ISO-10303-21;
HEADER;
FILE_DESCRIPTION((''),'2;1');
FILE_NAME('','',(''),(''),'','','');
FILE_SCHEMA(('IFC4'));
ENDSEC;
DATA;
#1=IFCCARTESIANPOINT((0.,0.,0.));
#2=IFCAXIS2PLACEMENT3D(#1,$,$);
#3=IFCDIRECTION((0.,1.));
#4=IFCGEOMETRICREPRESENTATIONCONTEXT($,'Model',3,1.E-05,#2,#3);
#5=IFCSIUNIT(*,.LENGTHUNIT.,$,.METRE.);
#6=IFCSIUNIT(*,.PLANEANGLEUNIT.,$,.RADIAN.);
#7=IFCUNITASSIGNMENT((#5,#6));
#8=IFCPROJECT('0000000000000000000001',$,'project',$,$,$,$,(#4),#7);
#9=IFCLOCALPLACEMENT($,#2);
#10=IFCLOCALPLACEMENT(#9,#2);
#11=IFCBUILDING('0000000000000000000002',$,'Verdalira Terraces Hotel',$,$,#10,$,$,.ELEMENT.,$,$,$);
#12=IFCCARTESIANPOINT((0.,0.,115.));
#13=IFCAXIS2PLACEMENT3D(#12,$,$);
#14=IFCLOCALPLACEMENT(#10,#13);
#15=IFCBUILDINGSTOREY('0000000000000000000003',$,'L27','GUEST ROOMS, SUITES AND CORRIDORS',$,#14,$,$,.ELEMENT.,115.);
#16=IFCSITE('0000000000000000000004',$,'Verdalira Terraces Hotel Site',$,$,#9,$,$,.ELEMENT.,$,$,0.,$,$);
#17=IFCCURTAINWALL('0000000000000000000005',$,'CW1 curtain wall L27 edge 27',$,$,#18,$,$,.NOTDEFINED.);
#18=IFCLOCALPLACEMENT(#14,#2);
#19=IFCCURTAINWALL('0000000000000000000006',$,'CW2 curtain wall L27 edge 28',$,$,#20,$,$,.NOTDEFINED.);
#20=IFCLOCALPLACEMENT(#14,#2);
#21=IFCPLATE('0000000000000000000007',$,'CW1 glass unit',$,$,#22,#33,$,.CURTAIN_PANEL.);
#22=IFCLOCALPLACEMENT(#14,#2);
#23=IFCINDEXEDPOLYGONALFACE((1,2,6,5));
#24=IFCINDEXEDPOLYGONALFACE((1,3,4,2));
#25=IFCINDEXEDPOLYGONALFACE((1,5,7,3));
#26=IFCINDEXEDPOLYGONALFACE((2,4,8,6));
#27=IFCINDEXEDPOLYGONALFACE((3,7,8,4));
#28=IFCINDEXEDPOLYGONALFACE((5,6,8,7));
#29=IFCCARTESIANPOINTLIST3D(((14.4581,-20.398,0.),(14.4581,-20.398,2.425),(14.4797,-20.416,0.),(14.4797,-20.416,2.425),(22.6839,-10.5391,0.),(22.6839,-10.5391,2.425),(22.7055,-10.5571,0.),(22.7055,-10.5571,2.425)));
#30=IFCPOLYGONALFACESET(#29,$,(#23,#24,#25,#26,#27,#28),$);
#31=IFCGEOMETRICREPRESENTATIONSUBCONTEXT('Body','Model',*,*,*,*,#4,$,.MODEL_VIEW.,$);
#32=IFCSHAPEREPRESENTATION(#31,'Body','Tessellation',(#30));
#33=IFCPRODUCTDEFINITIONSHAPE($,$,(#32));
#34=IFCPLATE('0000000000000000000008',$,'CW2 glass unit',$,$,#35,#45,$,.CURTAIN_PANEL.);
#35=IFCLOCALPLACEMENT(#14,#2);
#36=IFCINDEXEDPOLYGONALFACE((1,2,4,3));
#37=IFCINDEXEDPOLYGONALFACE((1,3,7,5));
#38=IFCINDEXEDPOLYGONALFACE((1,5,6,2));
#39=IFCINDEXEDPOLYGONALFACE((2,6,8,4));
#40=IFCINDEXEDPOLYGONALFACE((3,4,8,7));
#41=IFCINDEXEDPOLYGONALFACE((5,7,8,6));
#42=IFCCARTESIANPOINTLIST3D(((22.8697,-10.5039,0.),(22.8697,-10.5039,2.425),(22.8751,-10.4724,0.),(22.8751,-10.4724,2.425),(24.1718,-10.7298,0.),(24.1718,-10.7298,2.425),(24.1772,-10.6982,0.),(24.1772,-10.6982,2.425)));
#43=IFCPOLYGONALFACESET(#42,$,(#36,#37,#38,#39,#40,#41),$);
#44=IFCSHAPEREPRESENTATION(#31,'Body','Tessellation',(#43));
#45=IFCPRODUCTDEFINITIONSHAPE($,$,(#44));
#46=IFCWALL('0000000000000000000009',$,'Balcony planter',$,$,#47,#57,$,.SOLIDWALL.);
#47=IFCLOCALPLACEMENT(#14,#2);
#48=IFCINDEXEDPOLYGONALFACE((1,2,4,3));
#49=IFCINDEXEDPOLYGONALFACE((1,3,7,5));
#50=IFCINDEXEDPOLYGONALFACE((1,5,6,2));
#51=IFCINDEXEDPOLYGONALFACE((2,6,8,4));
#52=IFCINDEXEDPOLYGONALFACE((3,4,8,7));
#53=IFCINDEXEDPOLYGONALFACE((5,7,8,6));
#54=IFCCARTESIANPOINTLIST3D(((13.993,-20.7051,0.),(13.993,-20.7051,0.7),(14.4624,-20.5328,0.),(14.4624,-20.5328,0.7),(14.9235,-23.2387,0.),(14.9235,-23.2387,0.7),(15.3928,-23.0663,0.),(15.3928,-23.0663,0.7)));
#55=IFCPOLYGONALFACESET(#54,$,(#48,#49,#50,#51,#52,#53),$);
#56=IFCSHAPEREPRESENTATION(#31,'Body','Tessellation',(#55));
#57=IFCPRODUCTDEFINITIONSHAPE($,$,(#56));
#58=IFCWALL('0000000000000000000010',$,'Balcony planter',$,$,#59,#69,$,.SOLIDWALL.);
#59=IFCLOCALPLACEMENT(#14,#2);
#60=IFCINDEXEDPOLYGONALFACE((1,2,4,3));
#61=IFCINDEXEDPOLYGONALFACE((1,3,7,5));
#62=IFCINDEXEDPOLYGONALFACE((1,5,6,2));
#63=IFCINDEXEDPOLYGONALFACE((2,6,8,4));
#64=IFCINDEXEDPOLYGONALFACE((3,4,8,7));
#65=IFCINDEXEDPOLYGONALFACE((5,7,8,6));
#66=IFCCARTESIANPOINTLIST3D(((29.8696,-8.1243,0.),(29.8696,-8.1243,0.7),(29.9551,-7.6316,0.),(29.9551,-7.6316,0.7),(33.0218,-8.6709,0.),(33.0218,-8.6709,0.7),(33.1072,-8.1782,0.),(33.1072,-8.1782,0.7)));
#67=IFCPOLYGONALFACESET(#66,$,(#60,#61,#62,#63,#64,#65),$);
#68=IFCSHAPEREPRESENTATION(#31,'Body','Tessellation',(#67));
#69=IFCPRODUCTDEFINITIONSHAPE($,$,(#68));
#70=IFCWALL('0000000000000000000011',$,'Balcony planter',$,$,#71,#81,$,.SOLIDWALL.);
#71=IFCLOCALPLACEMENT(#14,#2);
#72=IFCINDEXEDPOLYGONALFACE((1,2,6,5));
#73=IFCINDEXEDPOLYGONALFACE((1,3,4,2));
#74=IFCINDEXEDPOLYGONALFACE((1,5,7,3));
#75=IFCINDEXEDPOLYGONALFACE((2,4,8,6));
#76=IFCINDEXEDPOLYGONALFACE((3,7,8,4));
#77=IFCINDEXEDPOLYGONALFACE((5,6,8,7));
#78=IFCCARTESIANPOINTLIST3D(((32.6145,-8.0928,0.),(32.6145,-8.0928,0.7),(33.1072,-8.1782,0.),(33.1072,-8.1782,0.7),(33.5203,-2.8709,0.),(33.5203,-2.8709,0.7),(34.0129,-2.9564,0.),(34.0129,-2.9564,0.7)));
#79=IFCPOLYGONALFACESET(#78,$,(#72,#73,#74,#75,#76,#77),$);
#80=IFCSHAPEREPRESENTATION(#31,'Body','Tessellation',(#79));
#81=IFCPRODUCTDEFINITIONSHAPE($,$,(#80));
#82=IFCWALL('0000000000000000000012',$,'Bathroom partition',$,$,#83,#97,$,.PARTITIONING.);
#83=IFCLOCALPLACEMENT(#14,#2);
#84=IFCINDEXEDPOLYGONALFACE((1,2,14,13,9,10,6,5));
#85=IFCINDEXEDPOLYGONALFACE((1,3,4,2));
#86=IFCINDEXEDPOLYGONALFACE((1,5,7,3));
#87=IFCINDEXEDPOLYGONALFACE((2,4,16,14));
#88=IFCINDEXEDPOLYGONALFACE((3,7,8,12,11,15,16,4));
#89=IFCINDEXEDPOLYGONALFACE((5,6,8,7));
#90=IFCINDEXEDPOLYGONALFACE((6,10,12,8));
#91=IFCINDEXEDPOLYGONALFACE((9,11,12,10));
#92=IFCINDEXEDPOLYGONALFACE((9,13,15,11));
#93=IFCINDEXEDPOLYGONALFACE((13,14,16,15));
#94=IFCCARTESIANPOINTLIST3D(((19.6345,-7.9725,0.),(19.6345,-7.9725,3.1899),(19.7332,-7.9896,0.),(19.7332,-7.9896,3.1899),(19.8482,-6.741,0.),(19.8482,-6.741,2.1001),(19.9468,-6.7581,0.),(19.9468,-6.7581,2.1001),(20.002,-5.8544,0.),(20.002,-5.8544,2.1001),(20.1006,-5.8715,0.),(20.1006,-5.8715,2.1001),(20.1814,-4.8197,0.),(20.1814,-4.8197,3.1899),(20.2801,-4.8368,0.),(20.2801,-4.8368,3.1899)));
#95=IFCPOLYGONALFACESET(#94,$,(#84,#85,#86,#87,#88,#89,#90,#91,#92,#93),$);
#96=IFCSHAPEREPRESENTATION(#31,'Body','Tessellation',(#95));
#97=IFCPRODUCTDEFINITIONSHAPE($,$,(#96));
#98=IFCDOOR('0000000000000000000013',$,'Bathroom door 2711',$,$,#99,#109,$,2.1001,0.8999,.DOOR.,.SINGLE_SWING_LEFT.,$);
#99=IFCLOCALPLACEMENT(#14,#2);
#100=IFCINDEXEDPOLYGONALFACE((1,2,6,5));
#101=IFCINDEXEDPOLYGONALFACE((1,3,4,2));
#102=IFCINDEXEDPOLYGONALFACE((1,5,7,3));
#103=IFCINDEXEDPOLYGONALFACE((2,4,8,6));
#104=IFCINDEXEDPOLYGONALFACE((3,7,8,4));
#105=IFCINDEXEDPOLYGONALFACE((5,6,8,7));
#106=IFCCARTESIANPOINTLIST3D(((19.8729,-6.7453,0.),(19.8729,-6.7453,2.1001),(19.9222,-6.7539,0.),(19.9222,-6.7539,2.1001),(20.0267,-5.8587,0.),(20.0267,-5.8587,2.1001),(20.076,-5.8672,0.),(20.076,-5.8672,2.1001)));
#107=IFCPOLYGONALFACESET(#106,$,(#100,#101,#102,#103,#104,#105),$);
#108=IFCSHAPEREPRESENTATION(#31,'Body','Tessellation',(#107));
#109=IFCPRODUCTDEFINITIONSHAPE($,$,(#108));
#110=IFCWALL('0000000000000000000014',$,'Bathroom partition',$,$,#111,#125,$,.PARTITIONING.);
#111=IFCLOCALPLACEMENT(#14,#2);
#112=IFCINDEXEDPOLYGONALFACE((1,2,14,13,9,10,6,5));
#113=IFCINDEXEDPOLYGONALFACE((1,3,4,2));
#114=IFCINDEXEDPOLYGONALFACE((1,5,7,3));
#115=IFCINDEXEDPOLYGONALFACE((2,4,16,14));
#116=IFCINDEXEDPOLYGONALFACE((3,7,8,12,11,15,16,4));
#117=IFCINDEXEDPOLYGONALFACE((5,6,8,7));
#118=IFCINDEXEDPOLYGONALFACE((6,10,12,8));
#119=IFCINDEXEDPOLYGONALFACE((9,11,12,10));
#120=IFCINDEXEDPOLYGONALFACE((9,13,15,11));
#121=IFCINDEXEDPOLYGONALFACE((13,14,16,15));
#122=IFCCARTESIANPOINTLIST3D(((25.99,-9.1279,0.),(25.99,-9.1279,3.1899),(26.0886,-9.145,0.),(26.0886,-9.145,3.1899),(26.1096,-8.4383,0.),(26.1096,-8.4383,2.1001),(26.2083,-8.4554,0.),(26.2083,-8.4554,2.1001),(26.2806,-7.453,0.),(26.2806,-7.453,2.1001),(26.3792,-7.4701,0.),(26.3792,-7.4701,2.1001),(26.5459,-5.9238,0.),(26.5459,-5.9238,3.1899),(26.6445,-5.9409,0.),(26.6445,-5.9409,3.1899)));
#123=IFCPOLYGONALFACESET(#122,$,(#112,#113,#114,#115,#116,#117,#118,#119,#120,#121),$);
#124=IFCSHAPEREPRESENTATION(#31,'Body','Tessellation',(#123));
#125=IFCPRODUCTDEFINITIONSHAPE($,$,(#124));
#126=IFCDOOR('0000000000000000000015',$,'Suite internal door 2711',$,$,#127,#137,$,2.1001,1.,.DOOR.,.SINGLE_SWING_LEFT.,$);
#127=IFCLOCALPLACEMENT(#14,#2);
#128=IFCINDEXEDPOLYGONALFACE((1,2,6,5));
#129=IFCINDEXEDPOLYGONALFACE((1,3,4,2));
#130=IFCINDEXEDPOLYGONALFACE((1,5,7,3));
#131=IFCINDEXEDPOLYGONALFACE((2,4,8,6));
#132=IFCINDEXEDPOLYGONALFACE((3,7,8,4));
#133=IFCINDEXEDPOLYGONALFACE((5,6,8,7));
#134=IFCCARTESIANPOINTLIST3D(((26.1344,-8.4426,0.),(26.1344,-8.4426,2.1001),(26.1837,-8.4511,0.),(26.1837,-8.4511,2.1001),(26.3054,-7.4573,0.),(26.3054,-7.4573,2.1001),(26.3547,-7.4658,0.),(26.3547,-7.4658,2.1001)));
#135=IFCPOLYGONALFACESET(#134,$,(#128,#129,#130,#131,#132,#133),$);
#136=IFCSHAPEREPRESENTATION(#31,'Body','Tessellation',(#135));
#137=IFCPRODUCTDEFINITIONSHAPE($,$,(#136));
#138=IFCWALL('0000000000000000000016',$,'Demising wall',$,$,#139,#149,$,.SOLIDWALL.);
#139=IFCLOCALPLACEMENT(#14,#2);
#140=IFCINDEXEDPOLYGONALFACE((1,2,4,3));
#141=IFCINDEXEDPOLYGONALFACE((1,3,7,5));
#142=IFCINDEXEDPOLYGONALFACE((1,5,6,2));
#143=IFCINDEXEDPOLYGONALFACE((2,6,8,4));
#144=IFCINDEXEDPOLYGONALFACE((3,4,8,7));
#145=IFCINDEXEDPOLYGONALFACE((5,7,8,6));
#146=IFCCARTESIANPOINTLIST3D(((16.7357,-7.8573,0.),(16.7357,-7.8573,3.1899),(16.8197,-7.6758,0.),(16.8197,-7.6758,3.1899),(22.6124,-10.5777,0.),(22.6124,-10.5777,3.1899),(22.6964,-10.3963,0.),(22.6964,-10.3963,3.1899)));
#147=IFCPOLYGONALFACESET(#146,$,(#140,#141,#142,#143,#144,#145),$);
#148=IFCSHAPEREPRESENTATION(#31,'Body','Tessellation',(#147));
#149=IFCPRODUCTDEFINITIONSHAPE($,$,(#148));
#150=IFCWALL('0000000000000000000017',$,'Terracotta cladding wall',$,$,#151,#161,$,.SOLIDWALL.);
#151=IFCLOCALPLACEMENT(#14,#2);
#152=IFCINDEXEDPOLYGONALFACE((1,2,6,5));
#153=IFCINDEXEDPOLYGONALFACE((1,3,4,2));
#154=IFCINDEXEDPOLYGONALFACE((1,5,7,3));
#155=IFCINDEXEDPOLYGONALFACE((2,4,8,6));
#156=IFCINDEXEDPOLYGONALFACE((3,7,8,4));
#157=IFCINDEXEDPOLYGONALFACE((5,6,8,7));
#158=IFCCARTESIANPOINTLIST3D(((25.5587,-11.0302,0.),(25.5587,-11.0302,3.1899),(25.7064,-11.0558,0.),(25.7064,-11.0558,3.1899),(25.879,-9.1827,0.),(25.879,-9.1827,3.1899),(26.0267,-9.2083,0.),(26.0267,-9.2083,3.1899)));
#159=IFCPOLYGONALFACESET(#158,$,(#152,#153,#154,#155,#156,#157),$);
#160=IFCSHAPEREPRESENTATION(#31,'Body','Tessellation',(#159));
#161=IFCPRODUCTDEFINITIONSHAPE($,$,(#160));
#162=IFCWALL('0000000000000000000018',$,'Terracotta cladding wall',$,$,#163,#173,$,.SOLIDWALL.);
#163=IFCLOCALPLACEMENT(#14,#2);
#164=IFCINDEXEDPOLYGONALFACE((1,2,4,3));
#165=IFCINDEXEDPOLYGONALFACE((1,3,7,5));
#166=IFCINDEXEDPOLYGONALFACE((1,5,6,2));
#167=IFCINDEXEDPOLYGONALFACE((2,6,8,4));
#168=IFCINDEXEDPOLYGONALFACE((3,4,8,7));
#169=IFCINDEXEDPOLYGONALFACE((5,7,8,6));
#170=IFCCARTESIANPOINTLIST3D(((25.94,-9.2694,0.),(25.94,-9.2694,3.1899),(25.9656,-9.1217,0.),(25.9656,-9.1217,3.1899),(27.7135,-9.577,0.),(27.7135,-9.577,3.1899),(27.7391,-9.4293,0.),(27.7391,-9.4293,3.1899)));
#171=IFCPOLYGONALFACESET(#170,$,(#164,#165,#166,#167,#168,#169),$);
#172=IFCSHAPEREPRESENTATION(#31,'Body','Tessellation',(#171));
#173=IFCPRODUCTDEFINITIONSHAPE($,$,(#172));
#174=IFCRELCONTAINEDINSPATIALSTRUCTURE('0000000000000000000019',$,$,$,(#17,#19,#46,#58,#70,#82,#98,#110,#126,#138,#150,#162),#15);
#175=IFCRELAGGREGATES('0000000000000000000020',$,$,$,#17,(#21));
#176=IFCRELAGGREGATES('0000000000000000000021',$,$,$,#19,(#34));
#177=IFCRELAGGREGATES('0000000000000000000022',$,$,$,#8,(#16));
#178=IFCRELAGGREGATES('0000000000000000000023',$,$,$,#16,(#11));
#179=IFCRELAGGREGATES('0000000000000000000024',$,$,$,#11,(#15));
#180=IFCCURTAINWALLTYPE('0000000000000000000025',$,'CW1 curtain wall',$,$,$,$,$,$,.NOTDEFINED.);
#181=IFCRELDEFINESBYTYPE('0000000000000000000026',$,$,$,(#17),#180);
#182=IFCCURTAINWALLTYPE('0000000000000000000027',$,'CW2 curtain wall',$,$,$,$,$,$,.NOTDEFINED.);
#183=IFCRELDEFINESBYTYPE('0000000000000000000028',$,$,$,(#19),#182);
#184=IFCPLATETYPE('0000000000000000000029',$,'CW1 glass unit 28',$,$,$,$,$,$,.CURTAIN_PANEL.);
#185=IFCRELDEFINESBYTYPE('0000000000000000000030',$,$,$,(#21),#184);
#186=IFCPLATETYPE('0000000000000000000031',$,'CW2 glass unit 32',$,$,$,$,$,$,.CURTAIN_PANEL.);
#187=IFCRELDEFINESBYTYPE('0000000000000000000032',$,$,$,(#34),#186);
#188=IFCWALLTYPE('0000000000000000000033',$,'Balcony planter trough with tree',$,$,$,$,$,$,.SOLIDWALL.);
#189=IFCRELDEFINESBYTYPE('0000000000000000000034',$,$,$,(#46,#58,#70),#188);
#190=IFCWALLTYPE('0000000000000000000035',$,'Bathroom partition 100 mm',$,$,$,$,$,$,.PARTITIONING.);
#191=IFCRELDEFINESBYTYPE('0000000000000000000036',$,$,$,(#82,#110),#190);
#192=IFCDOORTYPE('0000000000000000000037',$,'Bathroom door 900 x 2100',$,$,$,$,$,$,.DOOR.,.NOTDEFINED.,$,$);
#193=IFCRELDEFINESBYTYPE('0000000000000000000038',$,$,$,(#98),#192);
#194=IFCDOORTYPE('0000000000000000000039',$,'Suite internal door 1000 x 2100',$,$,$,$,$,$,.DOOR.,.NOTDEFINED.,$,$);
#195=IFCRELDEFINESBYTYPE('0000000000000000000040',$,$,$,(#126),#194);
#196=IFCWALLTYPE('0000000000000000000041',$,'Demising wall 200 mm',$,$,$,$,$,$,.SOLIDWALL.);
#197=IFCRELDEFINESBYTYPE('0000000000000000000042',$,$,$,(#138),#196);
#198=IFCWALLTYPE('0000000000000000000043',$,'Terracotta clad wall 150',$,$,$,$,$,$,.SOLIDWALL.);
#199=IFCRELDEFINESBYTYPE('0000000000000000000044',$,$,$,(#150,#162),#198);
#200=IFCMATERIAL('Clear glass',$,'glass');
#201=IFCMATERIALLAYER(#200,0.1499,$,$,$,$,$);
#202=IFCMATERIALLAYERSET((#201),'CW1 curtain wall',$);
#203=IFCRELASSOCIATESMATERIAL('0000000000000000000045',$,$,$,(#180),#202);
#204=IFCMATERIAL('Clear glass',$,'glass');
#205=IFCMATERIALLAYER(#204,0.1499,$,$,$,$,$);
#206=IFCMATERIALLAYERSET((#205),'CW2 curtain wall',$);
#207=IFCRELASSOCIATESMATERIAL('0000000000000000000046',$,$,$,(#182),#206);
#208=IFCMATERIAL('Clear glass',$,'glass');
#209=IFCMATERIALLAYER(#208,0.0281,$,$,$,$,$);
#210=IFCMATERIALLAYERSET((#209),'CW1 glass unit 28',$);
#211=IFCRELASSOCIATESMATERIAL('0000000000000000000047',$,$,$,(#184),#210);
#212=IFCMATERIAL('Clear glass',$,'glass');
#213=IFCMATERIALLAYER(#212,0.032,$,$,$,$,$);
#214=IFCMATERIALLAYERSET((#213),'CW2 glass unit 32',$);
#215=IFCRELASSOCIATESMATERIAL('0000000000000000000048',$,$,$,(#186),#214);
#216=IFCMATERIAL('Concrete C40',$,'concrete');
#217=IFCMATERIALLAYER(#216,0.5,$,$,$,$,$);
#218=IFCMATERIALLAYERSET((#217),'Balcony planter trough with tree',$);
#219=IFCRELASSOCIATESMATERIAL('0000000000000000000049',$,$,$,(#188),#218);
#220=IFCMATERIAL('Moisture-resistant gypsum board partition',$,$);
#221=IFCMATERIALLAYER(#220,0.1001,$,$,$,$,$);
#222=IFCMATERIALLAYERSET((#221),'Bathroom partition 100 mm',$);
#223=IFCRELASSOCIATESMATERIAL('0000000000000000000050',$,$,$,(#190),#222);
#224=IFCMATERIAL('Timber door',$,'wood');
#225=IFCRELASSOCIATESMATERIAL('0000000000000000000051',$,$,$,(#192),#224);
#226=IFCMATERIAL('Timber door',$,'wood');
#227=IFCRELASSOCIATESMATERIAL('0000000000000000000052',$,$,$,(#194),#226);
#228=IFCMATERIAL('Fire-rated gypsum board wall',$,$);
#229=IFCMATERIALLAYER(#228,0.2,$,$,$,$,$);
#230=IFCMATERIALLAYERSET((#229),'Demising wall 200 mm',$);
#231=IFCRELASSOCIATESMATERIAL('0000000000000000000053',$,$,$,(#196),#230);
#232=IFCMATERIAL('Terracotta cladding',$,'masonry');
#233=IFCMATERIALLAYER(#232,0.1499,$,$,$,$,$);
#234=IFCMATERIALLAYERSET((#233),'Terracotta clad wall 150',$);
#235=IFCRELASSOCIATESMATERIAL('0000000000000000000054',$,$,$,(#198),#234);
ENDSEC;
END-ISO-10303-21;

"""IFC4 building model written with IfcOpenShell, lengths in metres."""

from ifc_helpers import new_model, si_unit, direction, frame, frame_2d, origin, origin_2d, place, context, subcontext, project, spatial, rectangle, extrude, material, layer, layer_set, type_object, element, fill, aggregate, save


model = new_model("IFC4")

# Units and contexts
model_context = context("Model", 3, precision=1e-05, world=origin(), true_north=direction((0.0, 1.0)))
body_context = subcontext(model_context, "Body", "Model", "MODEL_VIEW")
ifc_project = project(units=[si_unit("LENGTHUNIT", "METRE"), si_unit("PLANEANGLEUNIT", "RADIAN")], contexts=[model_context])

# Site, building, storey
site_placement = place(None, origin())
site = spatial("IfcSite", under=ifc_project, at=site_placement, Name="Verdalira Terraces Hotel Site", CompositionType="ELEMENT", RefElevation=0.0)
building_placement = place(site_placement, origin())
building = spatial("IfcBuilding", under=site, at=building_placement, Name="Verdalira Terraces Hotel", CompositionType="ELEMENT")
storey_placement = place(building_placement, frame((0.0, 0.0, 115.0)))
storey = spatial("IfcBuildingStorey", under=building, at=storey_placement, Name="L27", Description="GUEST ROOMS, SUITES AND CORRIDORS", CompositionType="ELEMENT", Elevation=115.0)

# Curtain wall
ifc_material_1 = material(Name="Clear glass", Category="glass")
ifc_layer_1 = layer(ifc_material_1, 0.1499)
ifc_layer_set_1 = layer_set([ifc_layer_1], Name="CW1 curtain wall")
curtain_wall_type_1 = type_object("IfcCurtainWallType", Name="CW1 curtain wall", PredefinedType="NOTDEFINED", material=ifc_layer_set_1)
curtain_wall_1_placement = place(storey_placement, origin())
curtain_wall_1 = element("IfcCurtainWall", 1, at=curtain_wall_1_placement, inside=storey, type_object=curtain_wall_type_1, Name="CW1 curtain wall L27 edge 27", PredefinedType="NOTDEFINED")

# Curtain wall
ifc_material_2 = material(Name="Clear glass", Category="glass")
ifc_layer_2 = layer(ifc_material_2, 0.1499)
ifc_layer_set_2 = layer_set([ifc_layer_2], Name="CW2 curtain wall")
curtain_wall_type_2 = type_object("IfcCurtainWallType", Name="CW2 curtain wall", PredefinedType="NOTDEFINED", material=ifc_layer_set_2)
curtain_wall_2_placement = place(storey_placement, origin())
curtain_wall_2 = element("IfcCurtainWall", 2, at=curtain_wall_2_placement, inside=storey, type_object=curtain_wall_type_2, Name="CW2 curtain wall L27 edge 28", PredefinedType="NOTDEFINED")

# Plates
ifc_material_3 = material(Name="Clear glass", Category="glass")
ifc_layer_3 = layer(ifc_material_3, 0.0281)
ifc_layer_set_3 = layer_set([ifc_layer_3], Name="CW1 glass unit 28")
plate_type_1 = type_object("IfcPlateType", Name="CW1 glass unit 28", PredefinedType="CURTAIN_PANEL", material=ifc_layer_set_3)
plate_1_placement = place(storey_placement, frame((18.5818, -15.4775, 0.0), z_axis=(0.0, 0.0, 1.0), x_axis=(0.640646, 0.767836, 0.0)))
plate_1 = element("IfcPlate", 3, at=plate_1_placement, type_object=plate_type_1, Name="CW1 glass unit", PredefinedType="CURTAIN_PANEL", context=body_context, shape_type="SweptSolid", body=[
    extrude(rectangle(XDim=12.8398, YDim=0.0281, at=origin_2d()), origin(), (0.0, 0.0, 1.0), 2.425),
])
aggregate(curtain_wall_1, [plate_1])
ifc_material_4 = material(Name="Clear glass", Category="glass")
ifc_layer_4 = layer(ifc_material_4, 0.032)
ifc_layer_set_4 = layer_set([ifc_layer_4], Name="CW2 glass unit 32")
plate_type_2 = type_object("IfcPlateType", Name="CW2 glass unit 32", PredefinedType="CURTAIN_PANEL", material=ifc_layer_set_4)
plate_2_placement = place(storey_placement, frame((23.5234, -10.6011, 0.0), z_axis=(0.0, 0.0, 1.0), x_axis=(0.985289, -0.170897, 0.0)))
plate_2 = element("IfcPlate", 4, at=plate_2_placement, type_object=plate_type_2, Name="CW2 glass unit", PredefinedType="CURTAIN_PANEL", context=body_context, shape_type="SweptSolid", body=[
    extrude(rectangle(XDim=1.3215, YDim=0.032, at=origin_2d()), origin(), (0.0, 0.0, 1.0), 2.425),
])
aggregate(curtain_wall_2, [plate_2])

# Walls
ifc_material_5 = material(Name="Concrete C40", Category="concrete")
ifc_layer_5 = layer(ifc_material_5, 0.5)
ifc_layer_set_5 = layer_set([ifc_layer_5], Name="Balcony planter trough with tree")
wall_type_1 = type_object("IfcWallType", Name="Balcony planter trough with tree", PredefinedType="SOLIDWALL", material=ifc_layer_set_5)
wall_1_placement = place(storey_placement, frame((15.1582, -23.1526, 0.0), z_axis=(0.0, 0.0, 1.0), x_axis=(-0.344741, 0.938698, 0.0)))
element("IfcWall", 5, at=wall_1_placement, inside=storey, type_object=wall_type_1, Name="Balcony planter", PredefinedType="SOLIDWALL", context=body_context, shape_type="SweptSolid", body=[
    extrude(rectangle(XDim=2.699, YDim=0.5, at=frame_2d((1.3496, 0.0))), origin(), (0.0, 0.0, 1.0), 0.7),
])
wall_2_placement = place(storey_placement, frame((29.9124, -7.8779, 0.0), z_axis=(0.0, 0.0, 1.0), x_axis=(0.985294, -0.170868, 0.0)))
element("IfcWall", 6, at=wall_2_placement, inside=storey, type_object=wall_type_1, Name="Balcony planter", PredefinedType="SOLIDWALL", context=body_context, shape_type="SweptSolid", body=[
    extrude(rectangle(XDim=3.1992, YDim=0.5, at=frame_2d((1.5996, 0.0))), origin(), (0.0, 0.0, 1.0), 0.7),
])
wall_3_placement = place(storey_placement, frame((32.8608, -8.1355, 0.0), z_axis=(0.0, 0.0, 1.0), x_axis=(0.170902, 0.985288, 0.0)))
element("IfcWall", 7, at=wall_3_placement, inside=storey, type_object=wall_type_1, Name="Balcony planter", PredefinedType="SOLIDWALL", context=body_context, shape_type="SweptSolid", body=[
    extrude(rectangle(XDim=5.2998, YDim=0.5, at=frame_2d((2.6499, 0.0))), origin(), (0.0, 0.0, 1.0), 0.7),
])

# Walls, openings, doors
ifc_material_6 = material(Name="Moisture-resistant gypsum board partition")
ifc_layer_6 = layer(ifc_material_6, 0.1001)
ifc_layer_set_6 = layer_set([ifc_layer_6], Name="Bathroom partition 100 mm")
wall_type_2 = type_object("IfcWallType", Name="Bathroom partition 100 mm", PredefinedType="PARTITIONING", material=ifc_layer_set_6)
wall_4_placement = place(storey_placement, frame((19.6838, -7.9812, 0.0), z_axis=(0.0, 0.0, 1.0), x_axis=(0.170903, 0.985288, 0.0)))
wall_4 = element("IfcWall", 8, at=wall_4_placement, inside=storey, type_object=wall_type_2, Name="Bathroom partition", PredefinedType="PARTITIONING", context=body_context, shape_type="SweptSolid", body=[
    extrude(rectangle(XDim=3.2, YDim=0.1001, at=frame_2d((1.6001, 0.0))), origin(), (0.0, 0.0, 1.0), 3.1899),
])
opening_1_placement = place(wall_4_placement, frame((1.25, 0.0, 0.0)))
opening_1 = element("IfcOpeningElement", 9, at=opening_1_placement, cuts=wall_4, PredefinedType="OPENING", context=body_context, shape_type="SweptSolid", body=[
    extrude(rectangle(XDim=0.8999, YDim=2.1001, at=frame_2d((0.45, 1.05))), frame((0.0, 0.0601, 0.0), z_axis=(0.0, -1.0, 0.0), x_axis=(1.0, 0.0, 0.0)), (0.0, 0.0, 1.0), 0.1201),
])
ifc_material_7 = material(Name="Timber door", Category="wood")
door_type_1 = type_object("IfcDoorType", Name="Bathroom door 900 x 2100", OperationType="NOTDEFINED", PredefinedType="DOOR", material=ifc_material_7)
door_1_placement = place(opening_1_placement, origin())
door_1 = element("IfcDoor", 10, at=door_1_placement, inside=storey, type_object=door_type_1, Name="Bathroom door 2711", OperationType="SINGLE_SWING_LEFT", OverallHeight=2.1001, OverallWidth=0.8999, PredefinedType="DOOR", context=body_context, shape_type="SweptSolid", body=[
    extrude(rectangle(XDim=0.8999, YDim=2.1001, at=frame_2d((0.45, 1.05))), frame((0.0, 0.0249, 0.0), z_axis=(0.0, -1.0, 0.0), x_axis=(1.0, 0.0, 0.0)), (0.0, 0.0, 1.0), 0.05),
])
fill(opening_1, door_1)
wall_5_placement = place(storey_placement, frame((26.0393, -9.1365, 0.0), z_axis=(0.0, 0.0, 1.0), x_axis=(0.170945, 0.985281, 0.0)))
wall_5 = element("IfcWall", 11, at=wall_5_placement, inside=storey, type_object=wall_type_2, Name="Bathroom partition", PredefinedType="PARTITIONING", context=body_context, shape_type="SweptSolid", body=[
    extrude(rectangle(XDim=3.252, YDim=0.1001, at=frame_2d((1.626, 0.0))), origin(), (0.0, 0.0, 1.0), 3.1899),
])
opening_2_placement = place(wall_5_placement, frame((0.7, 0.0, 0.0)))
opening_2 = element("IfcOpeningElement", 12, at=opening_2_placement, cuts=wall_5, PredefinedType="OPENING", context=body_context, shape_type="SweptSolid", body=[
    extrude(rectangle(XDim=1.0, YDim=2.1001, at=frame_2d((0.5, 1.05))), frame((0.0, 0.0601, 0.0), z_axis=(0.0, -1.0, 0.0), x_axis=(1.0, 0.0, 0.0)), (0.0, 0.0, 1.0), 0.1201),
])
ifc_material_8 = material(Name="Timber door", Category="wood")
door_type_2 = type_object("IfcDoorType", Name="Suite internal door 1000 x 2100", OperationType="NOTDEFINED", PredefinedType="DOOR", material=ifc_material_8)
door_2_placement = place(opening_2_placement, origin())
door_2 = element("IfcDoor", 13, at=door_2_placement, inside=storey, type_object=door_type_2, Name="Suite internal door 2711", OperationType="SINGLE_SWING_LEFT", OverallHeight=2.1001, OverallWidth=1.0, PredefinedType="DOOR", context=body_context, shape_type="SweptSolid", body=[
    extrude(rectangle(XDim=1.0, YDim=2.1001, at=frame_2d((0.5, 1.05))), frame((0.0, 0.0249, 0.0), z_axis=(0.0, -1.0, 0.0), x_axis=(1.0, 0.0, 0.0)), (0.0, 0.0, 1.0), 0.05),
])
fill(opening_2, door_2)

# Walls
ifc_material_9 = material(Name="Fire-rated gypsum board wall")
ifc_layer_7 = layer(ifc_material_9, 0.2)
ifc_layer_set_7 = layer_set([ifc_layer_7], Name="Demising wall 200 mm")
wall_type_3 = type_object("IfcWallType", Name="Demising wall 200 mm", PredefinedType="SOLIDWALL", material=ifc_layer_set_7)
wall_6_placement = place(storey_placement, frame((16.7778, -7.7666, 0.0), z_axis=(0.0, 0.0, 1.0), x_axis=(0.907481, -0.420093, 0.0)))
element("IfcWall", 14, at=wall_6_placement, inside=storey, type_object=wall_type_3, Name="Demising wall", PredefinedType="SOLIDWALL", context=body_context, shape_type="SweptSolid", body=[
    extrude(rectangle(XDim=6.4758, YDim=0.2, at=frame_2d((3.2378, 0.0))), origin(), (0.0, 0.0, 1.0), 3.1899),
])
ifc_material_10 = material(Name="Terracotta cladding", Category="masonry")
ifc_layer_8 = layer(ifc_material_10, 0.1499)
ifc_layer_set_8 = layer_set([ifc_layer_8], Name="Terracotta clad wall 150")
wall_type_4 = type_object("IfcWallType", Name="Terracotta clad wall 150", PredefinedType="SOLIDWALL", material=ifc_layer_set_8)
wall_7_placement = place(storey_placement, frame((25.6326, -11.043, 0.0), z_axis=(0.0, 0.0, 1.0), x_axis=(0.170836, 0.9853, 0.0)))
element("IfcWall", 15, at=wall_7_placement, inside=storey, type_object=wall_type_4, Name="Terracotta cladding wall", PredefinedType="SOLIDWALL", context=body_context, shape_type="SweptSolid", body=[
    extrude(rectangle(XDim=1.875, YDim=0.1499, at=frame_2d((0.9375, 0.0))), origin(), (0.0, 0.0, 1.0), 3.1899),
])
wall_8_placement = place(storey_placement, frame((25.9529, -9.1956, 0.0), z_axis=(0.0, 0.0, 1.0), x_axis=(0.985291, -0.170883, 0.0)))
element("IfcWall", 16, at=wall_8_placement, inside=storey, type_object=wall_type_4, Name="Terracotta cladding wall", PredefinedType="SOLIDWALL", context=body_context, shape_type="SweptSolid", body=[
    extrude(rectangle(XDim=1.8, YDim=0.1499, at=frame_2d((0.8999, 0.0))), origin(), (0.0, 0.0, 1.0), 3.1899),
])

save(model, "model.ifc")
